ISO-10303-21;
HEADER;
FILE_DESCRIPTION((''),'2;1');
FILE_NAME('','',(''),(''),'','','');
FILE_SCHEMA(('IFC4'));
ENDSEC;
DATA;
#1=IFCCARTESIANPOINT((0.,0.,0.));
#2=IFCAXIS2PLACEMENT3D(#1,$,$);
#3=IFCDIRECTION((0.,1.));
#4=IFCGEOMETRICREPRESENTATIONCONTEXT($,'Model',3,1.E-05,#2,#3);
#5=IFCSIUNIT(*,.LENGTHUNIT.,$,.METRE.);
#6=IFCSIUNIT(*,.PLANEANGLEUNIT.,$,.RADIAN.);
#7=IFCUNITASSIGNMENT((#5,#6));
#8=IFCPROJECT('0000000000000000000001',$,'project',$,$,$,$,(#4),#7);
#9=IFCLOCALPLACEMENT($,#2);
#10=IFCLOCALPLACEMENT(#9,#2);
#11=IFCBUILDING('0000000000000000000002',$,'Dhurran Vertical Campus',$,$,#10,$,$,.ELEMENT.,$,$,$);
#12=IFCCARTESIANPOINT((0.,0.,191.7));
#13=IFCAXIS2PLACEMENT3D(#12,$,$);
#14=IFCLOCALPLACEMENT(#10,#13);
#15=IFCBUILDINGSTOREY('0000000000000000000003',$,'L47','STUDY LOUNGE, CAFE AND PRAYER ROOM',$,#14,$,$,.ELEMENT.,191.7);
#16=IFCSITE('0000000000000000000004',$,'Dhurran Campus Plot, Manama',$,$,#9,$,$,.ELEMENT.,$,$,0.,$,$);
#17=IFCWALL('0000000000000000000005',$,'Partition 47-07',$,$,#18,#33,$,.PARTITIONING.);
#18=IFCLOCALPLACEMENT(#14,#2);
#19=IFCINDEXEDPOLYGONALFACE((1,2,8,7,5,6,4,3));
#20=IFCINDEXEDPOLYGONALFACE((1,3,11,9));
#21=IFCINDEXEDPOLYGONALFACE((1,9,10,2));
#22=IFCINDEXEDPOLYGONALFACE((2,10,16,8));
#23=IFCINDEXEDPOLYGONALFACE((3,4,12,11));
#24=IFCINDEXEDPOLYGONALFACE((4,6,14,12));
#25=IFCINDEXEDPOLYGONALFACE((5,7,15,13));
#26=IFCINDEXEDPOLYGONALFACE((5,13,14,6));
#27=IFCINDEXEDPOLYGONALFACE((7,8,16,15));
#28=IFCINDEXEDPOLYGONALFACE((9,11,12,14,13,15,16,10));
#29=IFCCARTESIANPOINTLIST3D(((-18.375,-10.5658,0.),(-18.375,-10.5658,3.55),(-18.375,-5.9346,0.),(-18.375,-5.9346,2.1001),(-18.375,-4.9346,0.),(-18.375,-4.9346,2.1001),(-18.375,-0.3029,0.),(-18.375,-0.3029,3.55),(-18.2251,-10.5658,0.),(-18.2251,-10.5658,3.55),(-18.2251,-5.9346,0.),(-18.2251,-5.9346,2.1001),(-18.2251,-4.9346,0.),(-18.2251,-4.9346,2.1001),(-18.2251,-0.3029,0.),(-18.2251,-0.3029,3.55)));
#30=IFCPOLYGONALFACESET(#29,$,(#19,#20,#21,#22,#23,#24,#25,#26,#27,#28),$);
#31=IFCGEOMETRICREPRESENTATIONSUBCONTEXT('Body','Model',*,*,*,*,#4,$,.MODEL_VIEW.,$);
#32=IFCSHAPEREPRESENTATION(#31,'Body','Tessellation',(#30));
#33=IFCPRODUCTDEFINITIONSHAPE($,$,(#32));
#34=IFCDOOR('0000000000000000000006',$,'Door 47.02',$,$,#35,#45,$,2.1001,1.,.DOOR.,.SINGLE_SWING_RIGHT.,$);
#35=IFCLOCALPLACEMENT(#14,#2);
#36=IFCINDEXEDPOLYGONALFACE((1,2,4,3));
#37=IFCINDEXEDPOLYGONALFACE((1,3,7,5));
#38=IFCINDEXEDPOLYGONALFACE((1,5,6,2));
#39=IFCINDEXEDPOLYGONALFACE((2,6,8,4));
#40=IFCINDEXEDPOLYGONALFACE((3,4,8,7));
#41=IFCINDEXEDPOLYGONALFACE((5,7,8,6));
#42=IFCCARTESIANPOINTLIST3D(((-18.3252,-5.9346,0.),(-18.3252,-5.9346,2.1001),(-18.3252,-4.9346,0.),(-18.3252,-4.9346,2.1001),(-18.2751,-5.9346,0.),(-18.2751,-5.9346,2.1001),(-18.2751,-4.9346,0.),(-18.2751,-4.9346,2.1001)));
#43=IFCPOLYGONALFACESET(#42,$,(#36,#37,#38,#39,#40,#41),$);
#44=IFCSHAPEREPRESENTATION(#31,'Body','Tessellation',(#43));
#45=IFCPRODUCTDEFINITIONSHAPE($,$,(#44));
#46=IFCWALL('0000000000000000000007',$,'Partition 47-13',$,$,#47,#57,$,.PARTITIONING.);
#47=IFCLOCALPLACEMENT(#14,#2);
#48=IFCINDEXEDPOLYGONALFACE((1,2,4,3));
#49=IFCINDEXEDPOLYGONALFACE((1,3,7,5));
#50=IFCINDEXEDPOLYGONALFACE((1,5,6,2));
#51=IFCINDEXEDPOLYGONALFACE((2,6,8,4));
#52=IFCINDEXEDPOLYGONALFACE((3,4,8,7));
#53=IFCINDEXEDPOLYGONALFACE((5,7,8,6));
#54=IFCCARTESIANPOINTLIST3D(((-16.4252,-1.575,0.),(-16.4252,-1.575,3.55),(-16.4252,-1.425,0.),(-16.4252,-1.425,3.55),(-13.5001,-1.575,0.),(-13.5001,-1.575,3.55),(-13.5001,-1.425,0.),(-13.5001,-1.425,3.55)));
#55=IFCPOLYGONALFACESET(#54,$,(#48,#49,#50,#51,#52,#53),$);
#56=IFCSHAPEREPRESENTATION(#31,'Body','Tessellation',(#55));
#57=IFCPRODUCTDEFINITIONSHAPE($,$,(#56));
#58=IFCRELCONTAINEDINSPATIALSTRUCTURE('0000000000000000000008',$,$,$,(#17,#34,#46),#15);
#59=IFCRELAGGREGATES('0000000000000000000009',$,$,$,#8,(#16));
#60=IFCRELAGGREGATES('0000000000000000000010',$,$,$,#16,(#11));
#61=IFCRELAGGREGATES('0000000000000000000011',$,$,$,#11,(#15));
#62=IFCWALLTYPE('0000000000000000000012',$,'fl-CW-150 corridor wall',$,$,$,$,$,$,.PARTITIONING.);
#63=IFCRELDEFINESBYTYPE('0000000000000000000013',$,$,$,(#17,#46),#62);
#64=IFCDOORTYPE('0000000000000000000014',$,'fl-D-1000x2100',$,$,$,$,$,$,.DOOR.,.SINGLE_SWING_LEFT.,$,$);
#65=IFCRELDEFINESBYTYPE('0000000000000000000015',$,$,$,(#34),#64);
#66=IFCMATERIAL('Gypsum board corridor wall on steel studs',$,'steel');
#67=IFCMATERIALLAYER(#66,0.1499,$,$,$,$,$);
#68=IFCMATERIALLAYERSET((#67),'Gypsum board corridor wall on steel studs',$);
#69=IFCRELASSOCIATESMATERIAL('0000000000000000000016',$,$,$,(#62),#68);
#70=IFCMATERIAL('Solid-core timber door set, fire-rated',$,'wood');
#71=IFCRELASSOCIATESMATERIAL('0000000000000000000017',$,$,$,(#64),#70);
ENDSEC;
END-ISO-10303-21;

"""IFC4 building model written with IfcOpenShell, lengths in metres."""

from ifc_helpers import new_model, si_unit, direction, frame, frame_2d, origin, place, context, subcontext, project, spatial, rectangle, extrude, material, layer, layer_set, type_object, element, fill, save


model = new_model("IFC4")

# Units and contexts
model_context = context("Model", 3, precision=1e-05, world=origin(), true_north=direction((0.0, 1.0)))
body_context = subcontext(model_context, "Body", "Model", "MODEL_VIEW")
ifc_project = project(units=[si_unit("LENGTHUNIT", "METRE"), si_unit("PLANEANGLEUNIT", "RADIAN")], contexts=[model_context])

# Site, building, storey
site_placement = place(None, origin())
site = spatial("IfcSite", under=ifc_project, at=site_placement, Name="Dhurran Campus Plot, Manama", CompositionType="ELEMENT", RefElevation=0.0)
building_placement = place(site_placement, origin())
building = spatial("IfcBuilding", under=site, at=building_placement, Name="Dhurran Vertical Campus", CompositionType="ELEMENT")
storey_placement = place(building_placement, frame((0.0, 0.0, 191.7)))
storey = spatial("IfcBuildingStorey", under=building, at=storey_placement, Name="L47", Description="STUDY LOUNGE, CAFE AND PRAYER ROOM", CompositionType="ELEMENT", Elevation=191.7)

# Wall, opening, door
ifc_material_1 = material(Name="Gypsum board corridor wall on steel studs", Category="steel")
ifc_layer_1 = layer(ifc_material_1, 0.1499)
ifc_layer_set_1 = layer_set([ifc_layer_1], Name="Gypsum board corridor wall on steel studs")
wall_type_1 = type_object("IfcWallType", Name="fl-CW-150 corridor wall", PredefinedType="PARTITIONING", material=ifc_layer_set_1)
ifc_material_2 = material(Name="Solid-core timber door set, fire-rated", Category="wood")
door_type_1 = type_object("IfcDoorType", Name="fl-D-1000x2100", OperationType="SINGLE_SWING_LEFT", PredefinedType="DOOR", material=ifc_material_2)
wall_1_placement = place(storey_placement, frame((-18.3, -0.303, 0.0), z_axis=(0.0, 0.0, 1.0), x_axis=(0.0, -1.0, 0.0)))
wall_1 = element("IfcWall", 1, at=wall_1_placement, inside=storey, type_object=wall_type_1, Name="Partition 47-07", PredefinedType="PARTITIONING", context=body_context, shape_type="SweptSolid", body=[
    extrude(rectangle(XDim=10.2629, YDim=0.1499, at=frame_2d((5.1313, 0.0))), origin(), (0.0, 0.0, 1.0), 3.55),
])
opening_1_placement = place(wall_1_placement, frame((4.6316, 0.0, 0.0)))
opening_1 = element("IfcOpeningElement", 2, at=opening_1_placement, cuts=wall_1, PredefinedType="OPENING", context=body_context, shape_type="SweptSolid", body=[
    extrude(rectangle(XDim=1.0, YDim=2.1001, at=frame_2d((0.5, 1.05))), frame((0.0, 0.085, 0.0), z_axis=(0.0, -1.0, 0.0), x_axis=(1.0, 0.0, 0.0)), (0.0, 0.0, 1.0), 0.1699),
])
door_1_placement = place(opening_1_placement, origin())
door_1 = element("IfcDoor", 3, at=door_1_placement, inside=storey, type_object=door_type_1, Name="Door 47.02", OperationType="SINGLE_SWING_RIGHT", OverallHeight=2.1001, OverallWidth=1.0, PredefinedType="DOOR", context=body_context, shape_type="SweptSolid", body=[
    extrude(rectangle(XDim=1.0, YDim=2.1001, at=frame_2d((0.5, 1.05))), frame((0.0, 0.0249, 0.0), z_axis=(0.0, -1.0, 0.0), x_axis=(1.0, 0.0, 0.0)), (0.0, 0.0, 1.0), 0.05),
])
fill(opening_1, door_1)

# Wall
wall_2_placement = place(storey_placement, frame((-16.425, -1.5, 0.0), z_axis=(0.0, 0.0, 1.0), x_axis=(1.0, 0.0, 0.0)))
element("IfcWall", 4, at=wall_2_placement, inside=storey, type_object=wall_type_1, Name="Partition 47-13", PredefinedType="PARTITIONING", context=body_context, shape_type="SweptSolid", body=[
    extrude(rectangle(XDim=2.925, YDim=0.1499, at=frame_2d((1.4624, 0.0))), origin(), (0.0, 0.0, 1.0), 3.55),
])

save(model, "model.ifc")
